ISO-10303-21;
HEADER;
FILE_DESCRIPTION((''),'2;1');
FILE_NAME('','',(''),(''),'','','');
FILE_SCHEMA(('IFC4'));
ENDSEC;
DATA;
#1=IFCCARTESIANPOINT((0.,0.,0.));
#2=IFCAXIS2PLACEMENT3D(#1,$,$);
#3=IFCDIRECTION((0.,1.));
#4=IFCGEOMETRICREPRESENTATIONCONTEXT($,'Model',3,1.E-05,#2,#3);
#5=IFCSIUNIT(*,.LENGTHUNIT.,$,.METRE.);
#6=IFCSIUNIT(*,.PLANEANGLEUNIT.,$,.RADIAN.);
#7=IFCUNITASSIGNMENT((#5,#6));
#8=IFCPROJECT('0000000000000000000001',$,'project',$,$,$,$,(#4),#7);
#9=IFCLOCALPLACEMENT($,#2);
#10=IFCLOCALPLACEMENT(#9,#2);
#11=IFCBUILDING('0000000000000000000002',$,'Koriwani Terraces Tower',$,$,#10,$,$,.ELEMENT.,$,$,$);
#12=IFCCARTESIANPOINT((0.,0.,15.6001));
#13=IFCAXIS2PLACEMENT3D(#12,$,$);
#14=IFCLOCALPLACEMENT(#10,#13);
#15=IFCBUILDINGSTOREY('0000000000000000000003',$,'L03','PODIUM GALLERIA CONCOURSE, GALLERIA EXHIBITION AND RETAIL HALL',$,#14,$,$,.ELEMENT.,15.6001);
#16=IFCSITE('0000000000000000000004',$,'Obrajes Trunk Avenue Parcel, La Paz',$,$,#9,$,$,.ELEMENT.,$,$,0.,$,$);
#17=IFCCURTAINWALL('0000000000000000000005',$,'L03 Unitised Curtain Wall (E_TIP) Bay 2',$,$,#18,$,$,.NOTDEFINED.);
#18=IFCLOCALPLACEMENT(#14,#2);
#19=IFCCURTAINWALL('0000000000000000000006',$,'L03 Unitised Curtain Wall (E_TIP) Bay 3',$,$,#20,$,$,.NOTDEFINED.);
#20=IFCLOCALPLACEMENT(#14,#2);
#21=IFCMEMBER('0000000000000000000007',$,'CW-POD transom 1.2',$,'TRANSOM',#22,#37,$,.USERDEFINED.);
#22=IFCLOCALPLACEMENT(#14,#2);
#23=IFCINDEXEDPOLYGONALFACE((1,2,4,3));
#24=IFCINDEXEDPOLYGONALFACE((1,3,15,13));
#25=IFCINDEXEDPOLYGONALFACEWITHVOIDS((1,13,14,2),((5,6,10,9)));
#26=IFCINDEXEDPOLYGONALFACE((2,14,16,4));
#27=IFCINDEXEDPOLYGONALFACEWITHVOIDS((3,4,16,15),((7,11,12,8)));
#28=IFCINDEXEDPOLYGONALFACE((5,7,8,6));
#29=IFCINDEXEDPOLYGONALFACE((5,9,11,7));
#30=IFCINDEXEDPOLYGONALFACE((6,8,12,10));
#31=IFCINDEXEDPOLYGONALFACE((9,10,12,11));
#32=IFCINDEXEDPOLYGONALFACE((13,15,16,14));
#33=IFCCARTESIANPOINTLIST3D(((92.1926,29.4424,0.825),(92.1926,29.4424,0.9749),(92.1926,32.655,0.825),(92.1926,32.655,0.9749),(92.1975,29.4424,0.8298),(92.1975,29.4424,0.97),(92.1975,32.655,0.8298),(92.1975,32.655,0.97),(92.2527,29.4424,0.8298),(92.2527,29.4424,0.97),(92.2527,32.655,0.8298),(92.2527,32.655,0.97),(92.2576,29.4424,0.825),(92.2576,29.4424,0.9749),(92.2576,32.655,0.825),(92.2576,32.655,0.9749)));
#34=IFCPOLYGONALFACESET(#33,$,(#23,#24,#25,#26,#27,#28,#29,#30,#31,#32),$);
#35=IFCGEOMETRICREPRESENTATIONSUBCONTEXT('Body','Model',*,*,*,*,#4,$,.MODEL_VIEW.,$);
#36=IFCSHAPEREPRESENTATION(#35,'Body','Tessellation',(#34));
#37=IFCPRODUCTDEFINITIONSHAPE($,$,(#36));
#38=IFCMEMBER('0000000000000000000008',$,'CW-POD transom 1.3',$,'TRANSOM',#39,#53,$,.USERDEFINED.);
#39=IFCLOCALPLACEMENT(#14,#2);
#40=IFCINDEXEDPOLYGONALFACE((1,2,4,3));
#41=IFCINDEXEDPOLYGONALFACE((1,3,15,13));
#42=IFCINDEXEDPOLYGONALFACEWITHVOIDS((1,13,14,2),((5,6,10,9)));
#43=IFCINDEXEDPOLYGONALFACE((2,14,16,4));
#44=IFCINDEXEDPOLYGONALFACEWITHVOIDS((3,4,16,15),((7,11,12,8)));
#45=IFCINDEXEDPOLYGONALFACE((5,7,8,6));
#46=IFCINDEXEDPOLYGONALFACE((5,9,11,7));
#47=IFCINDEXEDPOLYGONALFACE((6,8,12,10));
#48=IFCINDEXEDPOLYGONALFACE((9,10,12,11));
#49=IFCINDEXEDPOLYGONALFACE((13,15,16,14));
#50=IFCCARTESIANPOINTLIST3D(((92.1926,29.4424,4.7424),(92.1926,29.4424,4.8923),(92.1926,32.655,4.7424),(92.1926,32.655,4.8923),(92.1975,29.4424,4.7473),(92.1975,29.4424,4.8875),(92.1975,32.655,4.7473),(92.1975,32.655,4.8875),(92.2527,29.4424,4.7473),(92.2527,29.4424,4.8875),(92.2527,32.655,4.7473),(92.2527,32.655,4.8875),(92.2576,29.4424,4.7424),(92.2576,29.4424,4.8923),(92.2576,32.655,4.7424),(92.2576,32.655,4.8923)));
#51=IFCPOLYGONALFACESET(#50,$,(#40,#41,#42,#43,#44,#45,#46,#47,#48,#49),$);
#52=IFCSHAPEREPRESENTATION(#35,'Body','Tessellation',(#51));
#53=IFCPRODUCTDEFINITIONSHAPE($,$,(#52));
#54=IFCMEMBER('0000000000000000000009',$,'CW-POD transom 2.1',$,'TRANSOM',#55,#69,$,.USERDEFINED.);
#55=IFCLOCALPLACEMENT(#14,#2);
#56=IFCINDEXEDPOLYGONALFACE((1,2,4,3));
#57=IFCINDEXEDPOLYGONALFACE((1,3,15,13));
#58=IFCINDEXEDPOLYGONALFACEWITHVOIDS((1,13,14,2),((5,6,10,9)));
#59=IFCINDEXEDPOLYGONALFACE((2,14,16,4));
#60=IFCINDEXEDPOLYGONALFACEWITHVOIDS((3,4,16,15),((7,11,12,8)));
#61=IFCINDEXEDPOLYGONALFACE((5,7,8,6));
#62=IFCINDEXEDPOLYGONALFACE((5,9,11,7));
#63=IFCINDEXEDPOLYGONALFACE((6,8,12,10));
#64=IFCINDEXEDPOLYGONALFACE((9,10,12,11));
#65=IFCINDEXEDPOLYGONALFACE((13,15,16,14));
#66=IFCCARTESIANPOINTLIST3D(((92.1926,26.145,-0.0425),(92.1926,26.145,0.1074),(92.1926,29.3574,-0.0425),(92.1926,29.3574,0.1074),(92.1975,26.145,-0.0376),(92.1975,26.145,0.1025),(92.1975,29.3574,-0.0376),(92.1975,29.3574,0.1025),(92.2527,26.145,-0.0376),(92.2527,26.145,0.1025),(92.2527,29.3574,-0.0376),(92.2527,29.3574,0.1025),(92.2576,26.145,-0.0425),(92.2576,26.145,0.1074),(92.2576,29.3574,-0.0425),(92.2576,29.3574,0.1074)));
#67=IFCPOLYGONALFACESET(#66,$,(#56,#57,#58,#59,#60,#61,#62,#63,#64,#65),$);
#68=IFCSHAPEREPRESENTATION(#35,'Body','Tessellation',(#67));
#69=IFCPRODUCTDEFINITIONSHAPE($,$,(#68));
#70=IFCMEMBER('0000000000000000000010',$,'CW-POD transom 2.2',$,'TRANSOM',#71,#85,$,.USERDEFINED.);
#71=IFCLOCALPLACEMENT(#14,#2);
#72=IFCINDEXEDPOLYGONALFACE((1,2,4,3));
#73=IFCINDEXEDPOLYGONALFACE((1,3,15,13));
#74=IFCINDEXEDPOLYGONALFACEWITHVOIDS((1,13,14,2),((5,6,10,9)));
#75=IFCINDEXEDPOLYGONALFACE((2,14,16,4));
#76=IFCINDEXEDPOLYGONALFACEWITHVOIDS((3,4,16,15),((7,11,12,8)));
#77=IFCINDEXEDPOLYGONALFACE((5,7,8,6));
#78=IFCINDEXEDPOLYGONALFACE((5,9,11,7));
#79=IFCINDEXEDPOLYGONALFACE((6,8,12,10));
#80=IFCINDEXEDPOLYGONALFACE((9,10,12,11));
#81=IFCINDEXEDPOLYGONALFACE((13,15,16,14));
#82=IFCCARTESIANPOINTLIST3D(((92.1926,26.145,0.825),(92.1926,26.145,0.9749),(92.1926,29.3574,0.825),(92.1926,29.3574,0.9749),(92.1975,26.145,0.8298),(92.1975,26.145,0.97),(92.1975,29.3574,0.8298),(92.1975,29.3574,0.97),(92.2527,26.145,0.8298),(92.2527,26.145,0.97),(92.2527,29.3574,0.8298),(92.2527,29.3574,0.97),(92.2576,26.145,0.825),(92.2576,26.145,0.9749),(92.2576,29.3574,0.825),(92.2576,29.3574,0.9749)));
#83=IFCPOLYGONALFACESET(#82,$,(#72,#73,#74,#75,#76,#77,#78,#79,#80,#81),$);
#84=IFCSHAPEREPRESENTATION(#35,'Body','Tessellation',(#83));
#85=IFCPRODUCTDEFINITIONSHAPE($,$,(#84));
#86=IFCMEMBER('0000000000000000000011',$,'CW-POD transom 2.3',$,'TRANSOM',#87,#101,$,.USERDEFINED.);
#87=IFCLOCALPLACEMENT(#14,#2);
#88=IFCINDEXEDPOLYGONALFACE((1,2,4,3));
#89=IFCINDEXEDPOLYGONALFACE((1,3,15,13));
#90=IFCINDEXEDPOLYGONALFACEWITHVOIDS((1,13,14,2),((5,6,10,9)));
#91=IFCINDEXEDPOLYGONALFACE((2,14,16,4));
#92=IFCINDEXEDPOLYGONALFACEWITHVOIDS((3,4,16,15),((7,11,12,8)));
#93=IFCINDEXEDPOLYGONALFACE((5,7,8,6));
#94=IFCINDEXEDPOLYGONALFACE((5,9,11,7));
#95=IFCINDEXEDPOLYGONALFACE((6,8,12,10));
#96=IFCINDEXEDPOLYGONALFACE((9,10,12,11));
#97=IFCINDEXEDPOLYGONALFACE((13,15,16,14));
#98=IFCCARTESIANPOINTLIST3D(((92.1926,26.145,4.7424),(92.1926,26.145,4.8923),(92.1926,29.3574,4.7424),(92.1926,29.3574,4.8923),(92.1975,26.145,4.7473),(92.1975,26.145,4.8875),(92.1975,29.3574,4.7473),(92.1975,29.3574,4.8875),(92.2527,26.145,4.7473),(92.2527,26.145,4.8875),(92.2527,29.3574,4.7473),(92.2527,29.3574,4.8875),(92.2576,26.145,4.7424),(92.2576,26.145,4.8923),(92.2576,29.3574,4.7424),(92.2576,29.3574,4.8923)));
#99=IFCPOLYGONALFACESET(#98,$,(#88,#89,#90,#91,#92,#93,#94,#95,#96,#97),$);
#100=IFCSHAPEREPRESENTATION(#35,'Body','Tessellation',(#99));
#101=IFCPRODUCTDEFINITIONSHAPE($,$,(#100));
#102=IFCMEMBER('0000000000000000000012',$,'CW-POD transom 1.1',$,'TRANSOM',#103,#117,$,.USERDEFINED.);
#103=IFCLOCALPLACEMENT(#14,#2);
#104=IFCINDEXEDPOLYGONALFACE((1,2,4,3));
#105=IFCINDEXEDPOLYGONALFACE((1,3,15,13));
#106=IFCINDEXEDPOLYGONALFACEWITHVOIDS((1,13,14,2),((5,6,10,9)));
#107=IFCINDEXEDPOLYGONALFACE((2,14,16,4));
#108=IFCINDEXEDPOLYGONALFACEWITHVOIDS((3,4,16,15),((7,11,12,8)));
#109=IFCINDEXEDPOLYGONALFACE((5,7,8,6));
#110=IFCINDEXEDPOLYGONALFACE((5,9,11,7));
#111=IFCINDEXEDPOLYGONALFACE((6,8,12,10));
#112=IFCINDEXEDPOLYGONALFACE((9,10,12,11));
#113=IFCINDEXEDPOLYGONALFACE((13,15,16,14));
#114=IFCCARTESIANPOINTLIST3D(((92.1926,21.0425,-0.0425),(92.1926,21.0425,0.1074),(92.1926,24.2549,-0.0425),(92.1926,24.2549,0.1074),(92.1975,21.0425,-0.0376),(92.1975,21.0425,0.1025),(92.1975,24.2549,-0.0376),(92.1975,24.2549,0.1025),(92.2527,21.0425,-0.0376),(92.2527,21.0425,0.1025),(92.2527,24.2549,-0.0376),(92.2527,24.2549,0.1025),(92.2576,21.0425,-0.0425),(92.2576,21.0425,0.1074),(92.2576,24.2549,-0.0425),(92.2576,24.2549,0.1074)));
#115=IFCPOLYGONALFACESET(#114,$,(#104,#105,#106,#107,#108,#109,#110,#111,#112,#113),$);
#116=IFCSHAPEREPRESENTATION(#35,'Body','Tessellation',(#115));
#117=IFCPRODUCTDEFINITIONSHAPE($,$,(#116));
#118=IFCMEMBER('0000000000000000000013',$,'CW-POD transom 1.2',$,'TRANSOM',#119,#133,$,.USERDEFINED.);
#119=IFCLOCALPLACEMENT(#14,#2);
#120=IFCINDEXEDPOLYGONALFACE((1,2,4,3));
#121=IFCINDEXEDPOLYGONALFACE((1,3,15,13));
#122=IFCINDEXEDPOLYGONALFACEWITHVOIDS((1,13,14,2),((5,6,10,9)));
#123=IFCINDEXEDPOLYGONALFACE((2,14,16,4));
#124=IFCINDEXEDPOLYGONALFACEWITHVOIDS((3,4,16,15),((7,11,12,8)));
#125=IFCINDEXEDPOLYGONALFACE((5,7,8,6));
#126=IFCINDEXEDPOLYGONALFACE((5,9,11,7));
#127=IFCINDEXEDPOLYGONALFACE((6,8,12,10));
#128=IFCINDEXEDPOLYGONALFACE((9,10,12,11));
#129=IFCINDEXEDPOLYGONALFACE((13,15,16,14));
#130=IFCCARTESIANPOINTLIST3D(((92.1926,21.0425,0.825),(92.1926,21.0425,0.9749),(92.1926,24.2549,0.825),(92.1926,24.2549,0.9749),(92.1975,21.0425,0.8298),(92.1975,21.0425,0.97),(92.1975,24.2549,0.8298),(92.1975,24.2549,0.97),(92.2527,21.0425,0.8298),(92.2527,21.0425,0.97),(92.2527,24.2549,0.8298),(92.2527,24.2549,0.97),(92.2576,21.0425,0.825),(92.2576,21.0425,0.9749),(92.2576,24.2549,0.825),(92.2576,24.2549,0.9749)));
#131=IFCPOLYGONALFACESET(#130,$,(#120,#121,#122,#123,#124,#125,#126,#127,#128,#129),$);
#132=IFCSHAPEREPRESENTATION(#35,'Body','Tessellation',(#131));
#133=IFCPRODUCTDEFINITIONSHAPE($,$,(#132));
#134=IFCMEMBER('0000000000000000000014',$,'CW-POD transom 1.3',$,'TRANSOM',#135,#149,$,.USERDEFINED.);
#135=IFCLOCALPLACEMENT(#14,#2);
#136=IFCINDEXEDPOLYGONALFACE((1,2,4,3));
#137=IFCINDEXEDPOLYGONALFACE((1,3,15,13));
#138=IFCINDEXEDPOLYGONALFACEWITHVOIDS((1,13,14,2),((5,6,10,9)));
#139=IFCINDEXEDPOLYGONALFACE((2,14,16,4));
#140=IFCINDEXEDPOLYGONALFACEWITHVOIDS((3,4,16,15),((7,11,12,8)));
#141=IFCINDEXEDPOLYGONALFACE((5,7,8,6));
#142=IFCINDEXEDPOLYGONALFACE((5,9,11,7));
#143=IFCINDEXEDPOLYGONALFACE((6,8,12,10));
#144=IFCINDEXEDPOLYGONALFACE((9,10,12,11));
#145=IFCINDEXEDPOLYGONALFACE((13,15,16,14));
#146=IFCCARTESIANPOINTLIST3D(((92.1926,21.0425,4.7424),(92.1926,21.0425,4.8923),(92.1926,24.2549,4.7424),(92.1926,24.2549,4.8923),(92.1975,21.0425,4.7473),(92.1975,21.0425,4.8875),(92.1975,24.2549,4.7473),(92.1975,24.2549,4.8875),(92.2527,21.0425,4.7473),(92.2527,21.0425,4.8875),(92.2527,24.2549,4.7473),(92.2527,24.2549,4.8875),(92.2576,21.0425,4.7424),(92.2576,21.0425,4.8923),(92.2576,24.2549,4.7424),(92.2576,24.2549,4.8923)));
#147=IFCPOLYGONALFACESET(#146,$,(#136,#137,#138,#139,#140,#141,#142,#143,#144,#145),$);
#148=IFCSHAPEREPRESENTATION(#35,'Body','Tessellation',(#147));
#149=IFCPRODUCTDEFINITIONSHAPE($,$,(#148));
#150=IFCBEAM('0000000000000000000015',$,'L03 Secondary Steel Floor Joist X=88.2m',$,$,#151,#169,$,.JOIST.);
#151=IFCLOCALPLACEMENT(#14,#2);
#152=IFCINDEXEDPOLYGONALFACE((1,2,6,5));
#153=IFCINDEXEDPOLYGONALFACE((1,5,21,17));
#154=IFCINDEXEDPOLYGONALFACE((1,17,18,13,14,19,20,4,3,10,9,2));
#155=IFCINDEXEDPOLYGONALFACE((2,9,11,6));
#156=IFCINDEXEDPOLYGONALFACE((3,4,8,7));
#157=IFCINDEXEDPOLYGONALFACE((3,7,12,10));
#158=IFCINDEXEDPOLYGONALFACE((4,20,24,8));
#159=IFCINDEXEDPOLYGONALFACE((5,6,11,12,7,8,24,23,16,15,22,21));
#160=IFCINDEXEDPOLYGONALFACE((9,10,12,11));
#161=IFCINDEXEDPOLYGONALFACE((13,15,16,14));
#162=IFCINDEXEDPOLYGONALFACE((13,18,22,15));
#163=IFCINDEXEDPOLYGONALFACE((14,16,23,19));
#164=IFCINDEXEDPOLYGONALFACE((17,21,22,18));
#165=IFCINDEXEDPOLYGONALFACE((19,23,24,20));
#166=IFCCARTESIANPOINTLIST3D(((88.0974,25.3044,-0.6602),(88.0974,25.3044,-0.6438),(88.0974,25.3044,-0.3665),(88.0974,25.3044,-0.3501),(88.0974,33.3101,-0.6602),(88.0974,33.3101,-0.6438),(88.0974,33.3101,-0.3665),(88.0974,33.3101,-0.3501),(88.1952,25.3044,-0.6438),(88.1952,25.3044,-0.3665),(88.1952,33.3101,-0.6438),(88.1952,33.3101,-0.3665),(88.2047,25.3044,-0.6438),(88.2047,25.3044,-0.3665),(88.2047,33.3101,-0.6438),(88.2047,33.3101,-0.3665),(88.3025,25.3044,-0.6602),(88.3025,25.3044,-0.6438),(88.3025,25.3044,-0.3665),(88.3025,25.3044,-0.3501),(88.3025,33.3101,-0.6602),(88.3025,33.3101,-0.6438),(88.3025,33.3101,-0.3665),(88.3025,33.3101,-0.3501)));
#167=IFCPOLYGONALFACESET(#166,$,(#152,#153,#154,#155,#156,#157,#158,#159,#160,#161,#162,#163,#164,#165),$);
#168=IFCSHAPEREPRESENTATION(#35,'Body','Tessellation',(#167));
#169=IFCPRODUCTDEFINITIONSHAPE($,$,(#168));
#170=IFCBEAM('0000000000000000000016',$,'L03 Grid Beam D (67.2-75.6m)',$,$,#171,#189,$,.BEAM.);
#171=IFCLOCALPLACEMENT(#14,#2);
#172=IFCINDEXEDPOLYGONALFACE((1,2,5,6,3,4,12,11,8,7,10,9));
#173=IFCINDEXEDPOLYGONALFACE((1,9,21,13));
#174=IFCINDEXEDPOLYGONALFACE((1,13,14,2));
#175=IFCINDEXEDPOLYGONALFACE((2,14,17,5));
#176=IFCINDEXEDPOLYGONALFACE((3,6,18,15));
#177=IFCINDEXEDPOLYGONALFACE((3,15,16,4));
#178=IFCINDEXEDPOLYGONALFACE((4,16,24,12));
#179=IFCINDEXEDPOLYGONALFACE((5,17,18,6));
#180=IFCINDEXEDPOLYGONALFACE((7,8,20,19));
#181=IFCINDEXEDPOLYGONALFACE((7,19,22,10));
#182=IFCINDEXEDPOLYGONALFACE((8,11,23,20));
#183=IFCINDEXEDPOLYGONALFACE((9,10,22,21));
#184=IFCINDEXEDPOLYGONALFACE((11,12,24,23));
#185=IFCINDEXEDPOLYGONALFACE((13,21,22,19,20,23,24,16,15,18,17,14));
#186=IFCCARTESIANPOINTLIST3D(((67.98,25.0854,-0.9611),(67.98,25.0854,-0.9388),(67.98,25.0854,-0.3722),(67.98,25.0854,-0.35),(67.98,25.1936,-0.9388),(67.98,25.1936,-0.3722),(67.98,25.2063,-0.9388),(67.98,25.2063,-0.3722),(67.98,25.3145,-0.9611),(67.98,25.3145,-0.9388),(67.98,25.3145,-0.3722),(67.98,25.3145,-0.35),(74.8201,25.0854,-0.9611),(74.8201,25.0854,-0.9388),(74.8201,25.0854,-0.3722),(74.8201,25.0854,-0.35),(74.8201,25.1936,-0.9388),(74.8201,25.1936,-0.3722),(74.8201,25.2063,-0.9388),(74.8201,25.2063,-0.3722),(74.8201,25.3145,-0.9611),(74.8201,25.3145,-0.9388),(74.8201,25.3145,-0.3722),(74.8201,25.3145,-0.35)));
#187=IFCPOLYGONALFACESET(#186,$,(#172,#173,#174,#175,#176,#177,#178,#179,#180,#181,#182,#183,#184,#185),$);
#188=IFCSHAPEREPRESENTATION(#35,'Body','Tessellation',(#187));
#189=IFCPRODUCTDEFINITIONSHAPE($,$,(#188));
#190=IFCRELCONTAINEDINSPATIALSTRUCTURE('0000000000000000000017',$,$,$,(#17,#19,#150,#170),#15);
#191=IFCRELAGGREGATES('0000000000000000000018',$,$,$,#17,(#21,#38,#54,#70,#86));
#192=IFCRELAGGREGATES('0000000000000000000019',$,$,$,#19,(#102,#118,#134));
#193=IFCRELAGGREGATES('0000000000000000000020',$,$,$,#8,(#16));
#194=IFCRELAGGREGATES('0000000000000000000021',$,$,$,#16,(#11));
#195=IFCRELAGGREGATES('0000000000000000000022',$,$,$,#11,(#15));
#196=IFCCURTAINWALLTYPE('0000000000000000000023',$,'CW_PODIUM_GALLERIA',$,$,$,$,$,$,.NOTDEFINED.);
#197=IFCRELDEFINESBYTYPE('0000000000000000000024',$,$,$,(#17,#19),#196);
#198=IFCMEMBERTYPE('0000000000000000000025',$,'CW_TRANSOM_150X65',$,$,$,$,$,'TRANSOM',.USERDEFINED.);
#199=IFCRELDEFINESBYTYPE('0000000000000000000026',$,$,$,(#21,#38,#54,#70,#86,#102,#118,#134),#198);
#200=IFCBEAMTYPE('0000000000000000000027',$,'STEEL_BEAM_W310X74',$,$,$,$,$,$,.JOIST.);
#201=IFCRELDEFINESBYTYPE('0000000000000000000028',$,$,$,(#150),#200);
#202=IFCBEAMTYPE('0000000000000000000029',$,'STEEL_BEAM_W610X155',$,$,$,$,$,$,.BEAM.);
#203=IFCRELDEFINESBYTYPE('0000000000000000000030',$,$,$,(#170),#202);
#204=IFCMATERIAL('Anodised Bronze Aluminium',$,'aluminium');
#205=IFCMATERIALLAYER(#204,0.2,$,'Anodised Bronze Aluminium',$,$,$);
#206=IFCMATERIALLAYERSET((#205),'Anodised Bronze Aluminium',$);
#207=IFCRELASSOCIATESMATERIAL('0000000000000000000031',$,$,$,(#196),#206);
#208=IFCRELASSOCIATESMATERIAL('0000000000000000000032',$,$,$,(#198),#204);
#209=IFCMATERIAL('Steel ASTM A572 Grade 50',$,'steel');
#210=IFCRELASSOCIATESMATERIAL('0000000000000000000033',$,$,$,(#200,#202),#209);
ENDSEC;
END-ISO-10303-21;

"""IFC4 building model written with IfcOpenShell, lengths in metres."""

from ifc_helpers import new_model, si_unit, direction, frame, origin, origin_2d, place, context, subcontext, project, spatial, hollow_rectangle, i_section, extrude, material, layer, layer_set, material_profile, profile_set, type_object, element, aggregate, save


model = new_model("IFC4")

# Units and contexts
model_context = context("Model", 3, precision=1e-05, world=origin(), true_north=direction((0.0, 1.0)))
body_context = subcontext(model_context, "Body", "Model", "MODEL_VIEW")
ifc_project = project(units=[si_unit("LENGTHUNIT", "METRE"), si_unit("PLANEANGLEUNIT", "RADIAN")], contexts=[model_context])

# Site, building, storey
site_placement = place(None, origin())
site = spatial("IfcSite", under=ifc_project, at=site_placement, Name="Obrajes Trunk Avenue Parcel, La Paz", CompositionType="ELEMENT", RefElevation=0.0)
building_placement = place(site_placement, origin())
building = spatial("IfcBuilding", under=site, at=building_placement, Name="Koriwani Terraces Tower", CompositionType="ELEMENT")
storey_placement = place(building_placement, frame((0.0, 0.0, 15.6001)))
storey = spatial("IfcBuildingStorey", under=building, at=storey_placement, Name="L03", Description="PODIUM GALLERIA CONCOURSE, GALLERIA EXHIBITION AND RETAIL HALL", CompositionType="ELEMENT", Elevation=15.6001)

# Curtain walls
ifc_material_1 = material(Name="Anodised Bronze Aluminium", Category="aluminium")
ifc_layer_1 = layer(ifc_material_1, 0.2, Name="Anodised Bronze Aluminium")
ifc_layer_set_1 = layer_set([ifc_layer_1], Name="Anodised Bronze Aluminium")
curtain_wall_type = type_object("IfcCurtainWallType", Name="CW_PODIUM_GALLERIA", PredefinedType="NOTDEFINED", material=ifc_layer_set_1)
curtain_wall_1_placement = place(storey_placement, origin())
curtain_wall_1 = element("IfcCurtainWall", 1, at=curtain_wall_1_placement, inside=storey, type_object=curtain_wall_type, Name="L03 Unitised Curtain Wall (E_TIP) Bay 2", PredefinedType="NOTDEFINED")
curtain_wall_2_placement = place(storey_placement, origin())
curtain_wall_2 = element("IfcCurtainWall", 2, at=curtain_wall_2_placement, inside=storey, type_object=curtain_wall_type, Name="L03 Unitised Curtain Wall (E_TIP) Bay 3", PredefinedType="NOTDEFINED")

# Members
ifc_material_profile_1 = material_profile(ifc_material_1, hollow_rectangle(XDim=0.0649, YDim=0.1499, WallThickness=0.0049, at=origin_2d()), Name="Anodised Bronze Aluminium", Category="LoadBearing")
ifc_profile_set_1 = profile_set([ifc_material_profile_1], Name="Anodised Bronze Aluminium")
member_type_1 = type_object("IfcMemberType", Name="CW_TRANSOM_150X65", ElementType="TRANSOM", PredefinedType="USERDEFINED", material=ifc_profile_set_1)
member_1_placement = place(storey_placement, frame((92.2251, 32.655, 0.8999), z_axis=(0.0, -1.0, 0.0), x_axis=(1.0, 0.0, 0.0)))
member_1 = element("IfcMember", 3, at=member_1_placement, type_object=member_type_1, Name="CW-POD transom 1.2", ObjectType="TRANSOM", PredefinedType="USERDEFINED", context=body_context, shape_type="SweptSolid", body=[
    extrude(hollow_rectangle(XDim=0.0649, YDim=0.1499, WallThickness=0.0049, at=origin_2d()), origin(), (0.0, 0.0, 1.0), 3.2126),
])
member_2_placement = place(storey_placement, frame((92.2251, 32.655, 4.8174), z_axis=(0.0, -1.0, 0.0), x_axis=(1.0, 0.0, 0.0)))
member_2 = element("IfcMember", 4, at=member_2_placement, type_object=member_type_1, Name="CW-POD transom 1.3", ObjectType="TRANSOM", PredefinedType="USERDEFINED", context=body_context, shape_type="SweptSolid", body=[
    extrude(hollow_rectangle(XDim=0.0649, YDim=0.1499, WallThickness=0.0049, at=origin_2d()), origin(), (0.0, 0.0, 1.0), 3.2126),
])
member_3_placement = place(storey_placement, frame((92.2251, 29.3574, 0.0325), z_axis=(0.0, -1.0, 0.0), x_axis=(1.0, 0.0, 0.0)))
member_3 = element("IfcMember", 5, at=member_3_placement, type_object=member_type_1, Name="CW-POD transom 2.1", ObjectType="TRANSOM", PredefinedType="USERDEFINED", context=body_context, shape_type="SweptSolid", body=[
    extrude(hollow_rectangle(XDim=0.0649, YDim=0.1499, WallThickness=0.0049, at=origin_2d()), origin(), (0.0, 0.0, 1.0), 3.2124),
])
member_4_placement = place(storey_placement, frame((92.2251, 29.3574, 0.8999), z_axis=(0.0, -1.0, 0.0), x_axis=(1.0, 0.0, 0.0)))
member_4 = element("IfcMember", 6, at=member_4_placement, type_object=member_type_1, Name="CW-POD transom 2.2", ObjectType="TRANSOM", PredefinedType="USERDEFINED", context=body_context, shape_type="SweptSolid", body=[
    extrude(hollow_rectangle(XDim=0.0649, YDim=0.1499, WallThickness=0.0049, at=origin_2d()), origin(), (0.0, 0.0, 1.0), 3.2124),
])
member_5_placement = place(storey_placement, frame((92.2251, 29.3574, 4.8174), z_axis=(0.0, -1.0, 0.0), x_axis=(1.0, 0.0, 0.0)))
member_5 = element("IfcMember", 7, at=member_5_placement, type_object=member_type_1, Name="CW-POD transom 2.3", ObjectType="TRANSOM", PredefinedType="USERDEFINED", context=body_context, shape_type="SweptSolid", body=[
    extrude(hollow_rectangle(XDim=0.0649, YDim=0.1499, WallThickness=0.0049, at=origin_2d()), origin(), (0.0, 0.0, 1.0), 3.2124),
])
member_6_placement = place(storey_placement, frame((92.2251, 24.2549, 0.0325), z_axis=(0.0, -1.0, 0.0), x_axis=(1.0, 0.0, 0.0)))
member_6 = element("IfcMember", 8, at=member_6_placement, type_object=member_type_1, Name="CW-POD transom 1.1", ObjectType="TRANSOM", PredefinedType="USERDEFINED", context=body_context, shape_type="SweptSolid", body=[
    extrude(hollow_rectangle(XDim=0.0649, YDim=0.1499, WallThickness=0.0049, at=origin_2d()), origin(), (0.0, 0.0, 1.0), 3.2124),
])
member_7_placement = place(storey_placement, frame((92.2251, 24.2549, 0.8999), z_axis=(0.0, -1.0, 0.0), x_axis=(1.0, 0.0, 0.0)))
member_7 = element("IfcMember", 9, at=member_7_placement, type_object=member_type_1, Name="CW-POD transom 1.2", ObjectType="TRANSOM", PredefinedType="USERDEFINED", context=body_context, shape_type="SweptSolid", body=[
    extrude(hollow_rectangle(XDim=0.0649, YDim=0.1499, WallThickness=0.0049, at=origin_2d()), origin(), (0.0, 0.0, 1.0), 3.2124),
])
member_8_placement = place(storey_placement, frame((92.2251, 24.2549, 4.8174), z_axis=(0.0, -1.0, 0.0), x_axis=(1.0, 0.0, 0.0)))
member_8 = element("IfcMember", 10, at=member_8_placement, type_object=member_type_1, Name="CW-POD transom 1.3", ObjectType="TRANSOM", PredefinedType="USERDEFINED", context=body_context, shape_type="SweptSolid", body=[
    extrude(hollow_rectangle(XDim=0.0649, YDim=0.1499, WallThickness=0.0049, at=origin_2d()), origin(), (0.0, 0.0, 1.0), 3.2124),
])

# Beams
ifc_material_2 = material(Name="Steel ASTM A572 Grade 50", Category="steel")
ifc_material_profile_2 = material_profile(ifc_material_2, i_section(OverallWidth=0.2051, OverallDepth=0.3101, WebThickness=0.0095, FlangeThickness=0.0164, at=origin_2d()), Name="Steel ASTM A572 Grade 50", Category="LoadBearing")
ifc_profile_set_2 = profile_set([ifc_material_profile_2], Name="Steel ASTM A572 Grade 50")
beam_type_1 = type_object("IfcBeamType", Name="STEEL_BEAM_W310X74", PredefinedType="JOIST", material=ifc_profile_set_2)
beam_1_placement = place(storey_placement, frame((88.2, 25.3044, -0.5051), z_axis=(0.0, 1.0, 0.0), x_axis=(-1.0, 0.0, 0.0)))
element("IfcBeam", 11, at=beam_1_placement, inside=storey, type_object=beam_type_1, Name="L03 Secondary Steel Floor Joist X=88.2m", PredefinedType="JOIST", context=body_context, shape_type="SweptSolid", body=[
    extrude(i_section(OverallWidth=0.2051, OverallDepth=0.3101, WebThickness=0.0095, FlangeThickness=0.0164, at=origin_2d()), origin(), (0.0, 0.0, 1.0), 8.0056),
])
ifc_material_profile_3 = material_profile(ifc_material_2, i_section(OverallWidth=0.229, OverallDepth=0.6111, WebThickness=0.0127, FlangeThickness=0.0222, at=origin_2d()), Name="Steel ASTM A572 Grade 50", Category="LoadBearing")
ifc_profile_set_3 = profile_set([ifc_material_profile_3], Name="Steel ASTM A572 Grade 50")
beam_type_2 = type_object("IfcBeamType", Name="STEEL_BEAM_W610X155", PredefinedType="BEAM", material=ifc_profile_set_3)
for number, where, z_axis, x_axis, name in (
    (12, (67.98, 25.2, -0.6555), (1.0, 0.0, 0.0), (0.0, 1.0, 0.0), "L03 Grid Beam D (67.2-75.6m)"),
):
    element("IfcBeam", number, at=place(storey_placement, frame(where, z_axis=z_axis, x_axis=x_axis)), inside=storey, type_object=beam_type_2, Name=name, PredefinedType="BEAM", context=body_context, shape_type="SweptSolid", body=[
        extrude(i_section(OverallWidth=0.229, OverallDepth=0.6111, WebThickness=0.0127, FlangeThickness=0.0222, at=origin_2d()), origin(), (0.0, 0.0, 1.0), 6.8401),
    ])

aggregate(curtain_wall_1, [member_1, member_2, member_3, member_4, member_5])
aggregate(curtain_wall_2, [member_6, member_7, member_8])

save(model, "model.ifc")
